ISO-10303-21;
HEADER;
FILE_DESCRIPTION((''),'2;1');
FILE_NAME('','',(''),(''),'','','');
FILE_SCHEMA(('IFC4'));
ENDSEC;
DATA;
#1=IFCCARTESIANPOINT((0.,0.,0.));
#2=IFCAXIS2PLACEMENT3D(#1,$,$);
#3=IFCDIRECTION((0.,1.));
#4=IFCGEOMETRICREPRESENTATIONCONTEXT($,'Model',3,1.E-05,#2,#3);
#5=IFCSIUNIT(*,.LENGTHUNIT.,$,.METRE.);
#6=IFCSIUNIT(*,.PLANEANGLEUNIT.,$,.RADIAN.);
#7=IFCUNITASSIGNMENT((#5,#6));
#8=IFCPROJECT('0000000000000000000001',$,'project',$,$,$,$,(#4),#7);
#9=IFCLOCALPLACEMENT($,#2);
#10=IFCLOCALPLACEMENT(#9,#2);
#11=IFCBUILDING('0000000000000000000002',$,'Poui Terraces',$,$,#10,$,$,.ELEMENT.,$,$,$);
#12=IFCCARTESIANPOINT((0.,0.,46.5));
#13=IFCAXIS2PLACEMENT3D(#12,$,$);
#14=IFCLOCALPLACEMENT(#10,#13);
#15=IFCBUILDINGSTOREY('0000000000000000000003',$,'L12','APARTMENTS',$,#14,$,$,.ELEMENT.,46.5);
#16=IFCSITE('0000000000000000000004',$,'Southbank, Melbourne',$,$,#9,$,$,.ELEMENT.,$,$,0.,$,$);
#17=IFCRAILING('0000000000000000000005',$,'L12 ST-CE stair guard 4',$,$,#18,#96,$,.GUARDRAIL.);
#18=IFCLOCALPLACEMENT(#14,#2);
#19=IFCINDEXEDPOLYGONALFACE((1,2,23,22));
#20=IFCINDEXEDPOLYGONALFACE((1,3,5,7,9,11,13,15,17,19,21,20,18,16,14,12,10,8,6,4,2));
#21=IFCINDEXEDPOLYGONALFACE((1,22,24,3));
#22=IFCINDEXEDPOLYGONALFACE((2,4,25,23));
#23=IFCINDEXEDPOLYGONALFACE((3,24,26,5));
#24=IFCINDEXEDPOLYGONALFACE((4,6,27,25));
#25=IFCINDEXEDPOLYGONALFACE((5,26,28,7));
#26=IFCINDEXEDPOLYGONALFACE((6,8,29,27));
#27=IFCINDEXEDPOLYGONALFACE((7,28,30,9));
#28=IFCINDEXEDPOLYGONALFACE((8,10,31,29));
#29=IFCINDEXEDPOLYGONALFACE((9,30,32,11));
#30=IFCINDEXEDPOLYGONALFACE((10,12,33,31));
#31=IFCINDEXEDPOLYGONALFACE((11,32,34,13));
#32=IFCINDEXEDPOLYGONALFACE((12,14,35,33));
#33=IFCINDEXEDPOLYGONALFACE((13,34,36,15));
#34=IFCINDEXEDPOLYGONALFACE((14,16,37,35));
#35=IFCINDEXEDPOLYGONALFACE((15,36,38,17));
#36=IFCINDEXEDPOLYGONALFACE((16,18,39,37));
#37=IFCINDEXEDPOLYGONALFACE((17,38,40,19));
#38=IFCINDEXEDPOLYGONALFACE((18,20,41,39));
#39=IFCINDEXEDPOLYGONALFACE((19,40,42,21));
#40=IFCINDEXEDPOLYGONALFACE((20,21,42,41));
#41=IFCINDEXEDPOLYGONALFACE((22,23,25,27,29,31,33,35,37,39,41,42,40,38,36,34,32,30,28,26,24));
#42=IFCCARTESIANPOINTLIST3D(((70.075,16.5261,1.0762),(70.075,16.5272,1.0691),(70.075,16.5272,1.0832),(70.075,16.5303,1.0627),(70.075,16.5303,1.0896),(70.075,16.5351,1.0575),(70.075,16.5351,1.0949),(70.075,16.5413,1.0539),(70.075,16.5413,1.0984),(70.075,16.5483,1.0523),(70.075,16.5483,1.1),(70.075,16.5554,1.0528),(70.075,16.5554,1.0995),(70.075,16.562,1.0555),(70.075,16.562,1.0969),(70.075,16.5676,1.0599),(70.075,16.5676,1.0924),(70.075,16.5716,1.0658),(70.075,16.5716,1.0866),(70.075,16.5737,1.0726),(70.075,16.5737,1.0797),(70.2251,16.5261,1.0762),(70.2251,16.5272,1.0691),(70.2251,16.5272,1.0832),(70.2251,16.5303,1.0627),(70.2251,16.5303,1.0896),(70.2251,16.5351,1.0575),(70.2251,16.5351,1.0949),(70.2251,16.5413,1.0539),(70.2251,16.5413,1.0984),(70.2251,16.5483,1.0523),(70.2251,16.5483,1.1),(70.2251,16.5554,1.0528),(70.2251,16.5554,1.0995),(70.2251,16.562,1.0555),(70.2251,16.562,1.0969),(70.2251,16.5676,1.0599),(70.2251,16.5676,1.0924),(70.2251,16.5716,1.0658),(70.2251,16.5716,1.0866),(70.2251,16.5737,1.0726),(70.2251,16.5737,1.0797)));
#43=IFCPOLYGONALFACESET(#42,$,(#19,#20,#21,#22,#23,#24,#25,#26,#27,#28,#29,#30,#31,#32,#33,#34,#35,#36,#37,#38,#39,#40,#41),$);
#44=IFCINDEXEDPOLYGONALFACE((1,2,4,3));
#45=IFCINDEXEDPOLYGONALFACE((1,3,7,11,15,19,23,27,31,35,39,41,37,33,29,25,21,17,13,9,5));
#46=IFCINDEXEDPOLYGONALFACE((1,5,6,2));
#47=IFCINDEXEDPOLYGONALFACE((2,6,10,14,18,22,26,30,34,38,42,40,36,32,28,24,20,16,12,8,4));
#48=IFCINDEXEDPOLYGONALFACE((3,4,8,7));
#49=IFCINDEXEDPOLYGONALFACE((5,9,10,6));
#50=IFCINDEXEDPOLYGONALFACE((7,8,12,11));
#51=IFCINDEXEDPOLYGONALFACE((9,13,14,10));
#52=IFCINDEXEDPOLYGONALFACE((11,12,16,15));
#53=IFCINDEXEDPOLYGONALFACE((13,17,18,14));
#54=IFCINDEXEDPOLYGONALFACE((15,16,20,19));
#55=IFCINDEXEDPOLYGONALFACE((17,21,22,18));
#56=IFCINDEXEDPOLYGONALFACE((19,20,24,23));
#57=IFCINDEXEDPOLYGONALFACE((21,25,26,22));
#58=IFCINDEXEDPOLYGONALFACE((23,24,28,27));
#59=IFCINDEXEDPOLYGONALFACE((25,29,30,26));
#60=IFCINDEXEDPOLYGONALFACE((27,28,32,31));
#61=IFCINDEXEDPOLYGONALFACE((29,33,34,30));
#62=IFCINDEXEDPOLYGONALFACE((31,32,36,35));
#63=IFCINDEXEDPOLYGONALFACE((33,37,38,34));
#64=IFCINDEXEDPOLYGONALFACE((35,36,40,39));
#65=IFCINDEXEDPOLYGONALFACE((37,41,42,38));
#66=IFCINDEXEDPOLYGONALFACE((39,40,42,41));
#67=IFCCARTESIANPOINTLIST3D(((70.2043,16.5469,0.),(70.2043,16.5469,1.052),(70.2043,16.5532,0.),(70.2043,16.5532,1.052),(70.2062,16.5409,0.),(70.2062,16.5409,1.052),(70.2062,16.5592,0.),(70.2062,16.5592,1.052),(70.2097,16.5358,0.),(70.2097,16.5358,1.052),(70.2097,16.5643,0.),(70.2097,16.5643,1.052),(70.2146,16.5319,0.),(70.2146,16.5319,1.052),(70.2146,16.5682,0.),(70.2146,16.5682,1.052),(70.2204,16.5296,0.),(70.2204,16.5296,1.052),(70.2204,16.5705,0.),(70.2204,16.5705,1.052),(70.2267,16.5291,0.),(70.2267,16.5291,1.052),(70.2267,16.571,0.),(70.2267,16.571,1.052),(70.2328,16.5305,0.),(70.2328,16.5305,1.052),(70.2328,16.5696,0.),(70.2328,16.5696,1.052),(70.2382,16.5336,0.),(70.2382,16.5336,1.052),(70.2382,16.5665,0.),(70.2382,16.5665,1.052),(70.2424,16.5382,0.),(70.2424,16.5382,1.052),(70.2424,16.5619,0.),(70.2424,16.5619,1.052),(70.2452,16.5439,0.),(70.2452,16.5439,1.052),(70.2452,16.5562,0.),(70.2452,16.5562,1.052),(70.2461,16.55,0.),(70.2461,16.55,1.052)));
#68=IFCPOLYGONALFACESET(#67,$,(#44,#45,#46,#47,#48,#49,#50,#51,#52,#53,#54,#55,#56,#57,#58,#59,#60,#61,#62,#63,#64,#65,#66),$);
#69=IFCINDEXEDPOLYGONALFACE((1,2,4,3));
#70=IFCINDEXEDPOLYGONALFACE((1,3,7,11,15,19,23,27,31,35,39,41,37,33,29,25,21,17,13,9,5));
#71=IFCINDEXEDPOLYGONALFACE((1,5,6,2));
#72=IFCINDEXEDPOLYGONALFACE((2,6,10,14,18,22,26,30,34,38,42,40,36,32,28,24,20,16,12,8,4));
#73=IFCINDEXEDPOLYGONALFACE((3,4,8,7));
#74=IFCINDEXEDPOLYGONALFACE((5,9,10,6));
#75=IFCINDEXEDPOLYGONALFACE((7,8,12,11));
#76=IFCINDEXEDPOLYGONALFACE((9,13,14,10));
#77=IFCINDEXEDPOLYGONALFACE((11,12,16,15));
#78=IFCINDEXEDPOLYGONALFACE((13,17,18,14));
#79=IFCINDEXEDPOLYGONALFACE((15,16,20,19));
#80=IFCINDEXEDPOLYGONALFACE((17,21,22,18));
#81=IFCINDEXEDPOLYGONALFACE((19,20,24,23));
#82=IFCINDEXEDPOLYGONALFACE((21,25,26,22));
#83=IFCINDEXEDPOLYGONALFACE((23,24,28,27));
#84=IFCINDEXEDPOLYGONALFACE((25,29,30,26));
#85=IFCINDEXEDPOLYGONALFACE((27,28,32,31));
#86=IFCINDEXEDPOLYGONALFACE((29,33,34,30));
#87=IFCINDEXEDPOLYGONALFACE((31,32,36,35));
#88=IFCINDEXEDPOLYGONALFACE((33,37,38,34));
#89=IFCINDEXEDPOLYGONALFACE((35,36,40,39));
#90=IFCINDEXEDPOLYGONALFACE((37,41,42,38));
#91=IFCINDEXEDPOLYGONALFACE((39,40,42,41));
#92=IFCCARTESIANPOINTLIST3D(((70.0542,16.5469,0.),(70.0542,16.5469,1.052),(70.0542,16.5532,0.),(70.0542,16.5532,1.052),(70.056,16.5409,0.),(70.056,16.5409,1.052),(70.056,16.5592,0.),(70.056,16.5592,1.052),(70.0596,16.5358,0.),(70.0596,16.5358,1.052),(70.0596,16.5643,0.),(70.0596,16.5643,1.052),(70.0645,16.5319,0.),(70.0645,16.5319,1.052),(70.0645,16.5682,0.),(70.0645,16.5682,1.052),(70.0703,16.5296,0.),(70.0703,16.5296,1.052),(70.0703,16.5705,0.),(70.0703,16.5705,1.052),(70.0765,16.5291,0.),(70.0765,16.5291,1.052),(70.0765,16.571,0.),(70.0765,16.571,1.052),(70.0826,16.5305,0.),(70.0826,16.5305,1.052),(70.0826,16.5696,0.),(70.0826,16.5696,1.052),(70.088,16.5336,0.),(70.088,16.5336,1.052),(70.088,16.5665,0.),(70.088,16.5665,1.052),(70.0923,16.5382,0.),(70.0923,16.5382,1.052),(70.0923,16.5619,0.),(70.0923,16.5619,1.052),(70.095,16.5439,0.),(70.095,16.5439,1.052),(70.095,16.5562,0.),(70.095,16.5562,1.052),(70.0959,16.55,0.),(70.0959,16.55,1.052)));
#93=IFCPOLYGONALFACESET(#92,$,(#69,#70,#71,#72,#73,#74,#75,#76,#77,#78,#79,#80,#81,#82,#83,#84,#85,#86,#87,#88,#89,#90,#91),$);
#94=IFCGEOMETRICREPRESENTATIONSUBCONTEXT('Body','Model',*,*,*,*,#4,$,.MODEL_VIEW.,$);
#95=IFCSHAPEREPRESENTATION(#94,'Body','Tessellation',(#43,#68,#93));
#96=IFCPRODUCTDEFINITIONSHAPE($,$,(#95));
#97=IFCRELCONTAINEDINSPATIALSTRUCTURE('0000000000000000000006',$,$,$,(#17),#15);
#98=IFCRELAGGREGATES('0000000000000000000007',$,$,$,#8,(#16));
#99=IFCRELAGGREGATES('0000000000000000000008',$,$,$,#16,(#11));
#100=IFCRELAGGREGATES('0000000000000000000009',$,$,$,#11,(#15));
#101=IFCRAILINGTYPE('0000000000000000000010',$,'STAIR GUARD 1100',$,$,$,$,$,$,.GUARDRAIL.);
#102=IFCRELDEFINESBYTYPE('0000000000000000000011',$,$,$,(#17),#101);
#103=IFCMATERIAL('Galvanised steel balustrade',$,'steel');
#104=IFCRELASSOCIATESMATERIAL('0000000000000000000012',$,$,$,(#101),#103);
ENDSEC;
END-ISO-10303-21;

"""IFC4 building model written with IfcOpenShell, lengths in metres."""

from ifc_helpers import new_model, si_unit, direction, frame, origin, origin_2d, place, context, subcontext, project, spatial, circle, extrude, material, type_object, element, save


model = new_model("IFC4")

# Units and contexts
model_context = context("Model", 3, precision=1e-05, world=origin(), true_north=direction((0.0, 1.0)))
body_context = subcontext(model_context, "Body", "Model", "MODEL_VIEW")
ifc_project = project(units=[si_unit("LENGTHUNIT", "METRE"), si_unit("PLANEANGLEUNIT", "RADIAN")], contexts=[model_context])

# Site, building, storey
site_placement = place(None, origin())
site = spatial("IfcSite", under=ifc_project, at=site_placement, Name="Southbank, Melbourne", CompositionType="ELEMENT", RefElevation=0.0)
building_placement = place(site_placement, origin())
building = spatial("IfcBuilding", under=site, at=building_placement, Name="Poui Terraces", CompositionType="ELEMENT")
storey_placement = place(building_placement, frame((0.0, 0.0, 46.5)))
storey = spatial("IfcBuildingStorey", under=building, at=storey_placement, Name="L12", Description="APARTMENTS", CompositionType="ELEMENT", Elevation=46.5)

# Railing
ifc_material_1 = material(Name="Galvanised steel balustrade", Category="steel")
railing_type = type_object("IfcRailingType", Name="STAIR GUARD 1100", PredefinedType="GUARDRAIL", material=ifc_material_1)
railing_1_placement = place(storey_placement, frame((70.2251, 16.55, 0.0)))
element("IfcRailing", 1, at=railing_1_placement, inside=storey, type_object=railing_type, Name="L12 ST-CE stair guard 4", PredefinedType="GUARDRAIL", context=body_context, shape_type="SweptSolid", body=[
    extrude(circle(Radius=0.0239, at=origin_2d()), frame((0.0, 0.0, 1.0762), z_axis=(-1.0, 0.0, 0.0), x_axis=(0.0, -1.0, 0.0)), (0.0, 0.0, 1.0), 0.1501),
    extrude(circle(Radius=0.021, at=origin_2d()), origin(), (0.0, 0.0, 1.0), 1.052),
    extrude(circle(Radius=0.021, at=origin_2d()), frame((-0.1501, 0.0, 0.0)), (0.0, 0.0, 1.0), 1.052),
])

save(model, "model.ifc")
